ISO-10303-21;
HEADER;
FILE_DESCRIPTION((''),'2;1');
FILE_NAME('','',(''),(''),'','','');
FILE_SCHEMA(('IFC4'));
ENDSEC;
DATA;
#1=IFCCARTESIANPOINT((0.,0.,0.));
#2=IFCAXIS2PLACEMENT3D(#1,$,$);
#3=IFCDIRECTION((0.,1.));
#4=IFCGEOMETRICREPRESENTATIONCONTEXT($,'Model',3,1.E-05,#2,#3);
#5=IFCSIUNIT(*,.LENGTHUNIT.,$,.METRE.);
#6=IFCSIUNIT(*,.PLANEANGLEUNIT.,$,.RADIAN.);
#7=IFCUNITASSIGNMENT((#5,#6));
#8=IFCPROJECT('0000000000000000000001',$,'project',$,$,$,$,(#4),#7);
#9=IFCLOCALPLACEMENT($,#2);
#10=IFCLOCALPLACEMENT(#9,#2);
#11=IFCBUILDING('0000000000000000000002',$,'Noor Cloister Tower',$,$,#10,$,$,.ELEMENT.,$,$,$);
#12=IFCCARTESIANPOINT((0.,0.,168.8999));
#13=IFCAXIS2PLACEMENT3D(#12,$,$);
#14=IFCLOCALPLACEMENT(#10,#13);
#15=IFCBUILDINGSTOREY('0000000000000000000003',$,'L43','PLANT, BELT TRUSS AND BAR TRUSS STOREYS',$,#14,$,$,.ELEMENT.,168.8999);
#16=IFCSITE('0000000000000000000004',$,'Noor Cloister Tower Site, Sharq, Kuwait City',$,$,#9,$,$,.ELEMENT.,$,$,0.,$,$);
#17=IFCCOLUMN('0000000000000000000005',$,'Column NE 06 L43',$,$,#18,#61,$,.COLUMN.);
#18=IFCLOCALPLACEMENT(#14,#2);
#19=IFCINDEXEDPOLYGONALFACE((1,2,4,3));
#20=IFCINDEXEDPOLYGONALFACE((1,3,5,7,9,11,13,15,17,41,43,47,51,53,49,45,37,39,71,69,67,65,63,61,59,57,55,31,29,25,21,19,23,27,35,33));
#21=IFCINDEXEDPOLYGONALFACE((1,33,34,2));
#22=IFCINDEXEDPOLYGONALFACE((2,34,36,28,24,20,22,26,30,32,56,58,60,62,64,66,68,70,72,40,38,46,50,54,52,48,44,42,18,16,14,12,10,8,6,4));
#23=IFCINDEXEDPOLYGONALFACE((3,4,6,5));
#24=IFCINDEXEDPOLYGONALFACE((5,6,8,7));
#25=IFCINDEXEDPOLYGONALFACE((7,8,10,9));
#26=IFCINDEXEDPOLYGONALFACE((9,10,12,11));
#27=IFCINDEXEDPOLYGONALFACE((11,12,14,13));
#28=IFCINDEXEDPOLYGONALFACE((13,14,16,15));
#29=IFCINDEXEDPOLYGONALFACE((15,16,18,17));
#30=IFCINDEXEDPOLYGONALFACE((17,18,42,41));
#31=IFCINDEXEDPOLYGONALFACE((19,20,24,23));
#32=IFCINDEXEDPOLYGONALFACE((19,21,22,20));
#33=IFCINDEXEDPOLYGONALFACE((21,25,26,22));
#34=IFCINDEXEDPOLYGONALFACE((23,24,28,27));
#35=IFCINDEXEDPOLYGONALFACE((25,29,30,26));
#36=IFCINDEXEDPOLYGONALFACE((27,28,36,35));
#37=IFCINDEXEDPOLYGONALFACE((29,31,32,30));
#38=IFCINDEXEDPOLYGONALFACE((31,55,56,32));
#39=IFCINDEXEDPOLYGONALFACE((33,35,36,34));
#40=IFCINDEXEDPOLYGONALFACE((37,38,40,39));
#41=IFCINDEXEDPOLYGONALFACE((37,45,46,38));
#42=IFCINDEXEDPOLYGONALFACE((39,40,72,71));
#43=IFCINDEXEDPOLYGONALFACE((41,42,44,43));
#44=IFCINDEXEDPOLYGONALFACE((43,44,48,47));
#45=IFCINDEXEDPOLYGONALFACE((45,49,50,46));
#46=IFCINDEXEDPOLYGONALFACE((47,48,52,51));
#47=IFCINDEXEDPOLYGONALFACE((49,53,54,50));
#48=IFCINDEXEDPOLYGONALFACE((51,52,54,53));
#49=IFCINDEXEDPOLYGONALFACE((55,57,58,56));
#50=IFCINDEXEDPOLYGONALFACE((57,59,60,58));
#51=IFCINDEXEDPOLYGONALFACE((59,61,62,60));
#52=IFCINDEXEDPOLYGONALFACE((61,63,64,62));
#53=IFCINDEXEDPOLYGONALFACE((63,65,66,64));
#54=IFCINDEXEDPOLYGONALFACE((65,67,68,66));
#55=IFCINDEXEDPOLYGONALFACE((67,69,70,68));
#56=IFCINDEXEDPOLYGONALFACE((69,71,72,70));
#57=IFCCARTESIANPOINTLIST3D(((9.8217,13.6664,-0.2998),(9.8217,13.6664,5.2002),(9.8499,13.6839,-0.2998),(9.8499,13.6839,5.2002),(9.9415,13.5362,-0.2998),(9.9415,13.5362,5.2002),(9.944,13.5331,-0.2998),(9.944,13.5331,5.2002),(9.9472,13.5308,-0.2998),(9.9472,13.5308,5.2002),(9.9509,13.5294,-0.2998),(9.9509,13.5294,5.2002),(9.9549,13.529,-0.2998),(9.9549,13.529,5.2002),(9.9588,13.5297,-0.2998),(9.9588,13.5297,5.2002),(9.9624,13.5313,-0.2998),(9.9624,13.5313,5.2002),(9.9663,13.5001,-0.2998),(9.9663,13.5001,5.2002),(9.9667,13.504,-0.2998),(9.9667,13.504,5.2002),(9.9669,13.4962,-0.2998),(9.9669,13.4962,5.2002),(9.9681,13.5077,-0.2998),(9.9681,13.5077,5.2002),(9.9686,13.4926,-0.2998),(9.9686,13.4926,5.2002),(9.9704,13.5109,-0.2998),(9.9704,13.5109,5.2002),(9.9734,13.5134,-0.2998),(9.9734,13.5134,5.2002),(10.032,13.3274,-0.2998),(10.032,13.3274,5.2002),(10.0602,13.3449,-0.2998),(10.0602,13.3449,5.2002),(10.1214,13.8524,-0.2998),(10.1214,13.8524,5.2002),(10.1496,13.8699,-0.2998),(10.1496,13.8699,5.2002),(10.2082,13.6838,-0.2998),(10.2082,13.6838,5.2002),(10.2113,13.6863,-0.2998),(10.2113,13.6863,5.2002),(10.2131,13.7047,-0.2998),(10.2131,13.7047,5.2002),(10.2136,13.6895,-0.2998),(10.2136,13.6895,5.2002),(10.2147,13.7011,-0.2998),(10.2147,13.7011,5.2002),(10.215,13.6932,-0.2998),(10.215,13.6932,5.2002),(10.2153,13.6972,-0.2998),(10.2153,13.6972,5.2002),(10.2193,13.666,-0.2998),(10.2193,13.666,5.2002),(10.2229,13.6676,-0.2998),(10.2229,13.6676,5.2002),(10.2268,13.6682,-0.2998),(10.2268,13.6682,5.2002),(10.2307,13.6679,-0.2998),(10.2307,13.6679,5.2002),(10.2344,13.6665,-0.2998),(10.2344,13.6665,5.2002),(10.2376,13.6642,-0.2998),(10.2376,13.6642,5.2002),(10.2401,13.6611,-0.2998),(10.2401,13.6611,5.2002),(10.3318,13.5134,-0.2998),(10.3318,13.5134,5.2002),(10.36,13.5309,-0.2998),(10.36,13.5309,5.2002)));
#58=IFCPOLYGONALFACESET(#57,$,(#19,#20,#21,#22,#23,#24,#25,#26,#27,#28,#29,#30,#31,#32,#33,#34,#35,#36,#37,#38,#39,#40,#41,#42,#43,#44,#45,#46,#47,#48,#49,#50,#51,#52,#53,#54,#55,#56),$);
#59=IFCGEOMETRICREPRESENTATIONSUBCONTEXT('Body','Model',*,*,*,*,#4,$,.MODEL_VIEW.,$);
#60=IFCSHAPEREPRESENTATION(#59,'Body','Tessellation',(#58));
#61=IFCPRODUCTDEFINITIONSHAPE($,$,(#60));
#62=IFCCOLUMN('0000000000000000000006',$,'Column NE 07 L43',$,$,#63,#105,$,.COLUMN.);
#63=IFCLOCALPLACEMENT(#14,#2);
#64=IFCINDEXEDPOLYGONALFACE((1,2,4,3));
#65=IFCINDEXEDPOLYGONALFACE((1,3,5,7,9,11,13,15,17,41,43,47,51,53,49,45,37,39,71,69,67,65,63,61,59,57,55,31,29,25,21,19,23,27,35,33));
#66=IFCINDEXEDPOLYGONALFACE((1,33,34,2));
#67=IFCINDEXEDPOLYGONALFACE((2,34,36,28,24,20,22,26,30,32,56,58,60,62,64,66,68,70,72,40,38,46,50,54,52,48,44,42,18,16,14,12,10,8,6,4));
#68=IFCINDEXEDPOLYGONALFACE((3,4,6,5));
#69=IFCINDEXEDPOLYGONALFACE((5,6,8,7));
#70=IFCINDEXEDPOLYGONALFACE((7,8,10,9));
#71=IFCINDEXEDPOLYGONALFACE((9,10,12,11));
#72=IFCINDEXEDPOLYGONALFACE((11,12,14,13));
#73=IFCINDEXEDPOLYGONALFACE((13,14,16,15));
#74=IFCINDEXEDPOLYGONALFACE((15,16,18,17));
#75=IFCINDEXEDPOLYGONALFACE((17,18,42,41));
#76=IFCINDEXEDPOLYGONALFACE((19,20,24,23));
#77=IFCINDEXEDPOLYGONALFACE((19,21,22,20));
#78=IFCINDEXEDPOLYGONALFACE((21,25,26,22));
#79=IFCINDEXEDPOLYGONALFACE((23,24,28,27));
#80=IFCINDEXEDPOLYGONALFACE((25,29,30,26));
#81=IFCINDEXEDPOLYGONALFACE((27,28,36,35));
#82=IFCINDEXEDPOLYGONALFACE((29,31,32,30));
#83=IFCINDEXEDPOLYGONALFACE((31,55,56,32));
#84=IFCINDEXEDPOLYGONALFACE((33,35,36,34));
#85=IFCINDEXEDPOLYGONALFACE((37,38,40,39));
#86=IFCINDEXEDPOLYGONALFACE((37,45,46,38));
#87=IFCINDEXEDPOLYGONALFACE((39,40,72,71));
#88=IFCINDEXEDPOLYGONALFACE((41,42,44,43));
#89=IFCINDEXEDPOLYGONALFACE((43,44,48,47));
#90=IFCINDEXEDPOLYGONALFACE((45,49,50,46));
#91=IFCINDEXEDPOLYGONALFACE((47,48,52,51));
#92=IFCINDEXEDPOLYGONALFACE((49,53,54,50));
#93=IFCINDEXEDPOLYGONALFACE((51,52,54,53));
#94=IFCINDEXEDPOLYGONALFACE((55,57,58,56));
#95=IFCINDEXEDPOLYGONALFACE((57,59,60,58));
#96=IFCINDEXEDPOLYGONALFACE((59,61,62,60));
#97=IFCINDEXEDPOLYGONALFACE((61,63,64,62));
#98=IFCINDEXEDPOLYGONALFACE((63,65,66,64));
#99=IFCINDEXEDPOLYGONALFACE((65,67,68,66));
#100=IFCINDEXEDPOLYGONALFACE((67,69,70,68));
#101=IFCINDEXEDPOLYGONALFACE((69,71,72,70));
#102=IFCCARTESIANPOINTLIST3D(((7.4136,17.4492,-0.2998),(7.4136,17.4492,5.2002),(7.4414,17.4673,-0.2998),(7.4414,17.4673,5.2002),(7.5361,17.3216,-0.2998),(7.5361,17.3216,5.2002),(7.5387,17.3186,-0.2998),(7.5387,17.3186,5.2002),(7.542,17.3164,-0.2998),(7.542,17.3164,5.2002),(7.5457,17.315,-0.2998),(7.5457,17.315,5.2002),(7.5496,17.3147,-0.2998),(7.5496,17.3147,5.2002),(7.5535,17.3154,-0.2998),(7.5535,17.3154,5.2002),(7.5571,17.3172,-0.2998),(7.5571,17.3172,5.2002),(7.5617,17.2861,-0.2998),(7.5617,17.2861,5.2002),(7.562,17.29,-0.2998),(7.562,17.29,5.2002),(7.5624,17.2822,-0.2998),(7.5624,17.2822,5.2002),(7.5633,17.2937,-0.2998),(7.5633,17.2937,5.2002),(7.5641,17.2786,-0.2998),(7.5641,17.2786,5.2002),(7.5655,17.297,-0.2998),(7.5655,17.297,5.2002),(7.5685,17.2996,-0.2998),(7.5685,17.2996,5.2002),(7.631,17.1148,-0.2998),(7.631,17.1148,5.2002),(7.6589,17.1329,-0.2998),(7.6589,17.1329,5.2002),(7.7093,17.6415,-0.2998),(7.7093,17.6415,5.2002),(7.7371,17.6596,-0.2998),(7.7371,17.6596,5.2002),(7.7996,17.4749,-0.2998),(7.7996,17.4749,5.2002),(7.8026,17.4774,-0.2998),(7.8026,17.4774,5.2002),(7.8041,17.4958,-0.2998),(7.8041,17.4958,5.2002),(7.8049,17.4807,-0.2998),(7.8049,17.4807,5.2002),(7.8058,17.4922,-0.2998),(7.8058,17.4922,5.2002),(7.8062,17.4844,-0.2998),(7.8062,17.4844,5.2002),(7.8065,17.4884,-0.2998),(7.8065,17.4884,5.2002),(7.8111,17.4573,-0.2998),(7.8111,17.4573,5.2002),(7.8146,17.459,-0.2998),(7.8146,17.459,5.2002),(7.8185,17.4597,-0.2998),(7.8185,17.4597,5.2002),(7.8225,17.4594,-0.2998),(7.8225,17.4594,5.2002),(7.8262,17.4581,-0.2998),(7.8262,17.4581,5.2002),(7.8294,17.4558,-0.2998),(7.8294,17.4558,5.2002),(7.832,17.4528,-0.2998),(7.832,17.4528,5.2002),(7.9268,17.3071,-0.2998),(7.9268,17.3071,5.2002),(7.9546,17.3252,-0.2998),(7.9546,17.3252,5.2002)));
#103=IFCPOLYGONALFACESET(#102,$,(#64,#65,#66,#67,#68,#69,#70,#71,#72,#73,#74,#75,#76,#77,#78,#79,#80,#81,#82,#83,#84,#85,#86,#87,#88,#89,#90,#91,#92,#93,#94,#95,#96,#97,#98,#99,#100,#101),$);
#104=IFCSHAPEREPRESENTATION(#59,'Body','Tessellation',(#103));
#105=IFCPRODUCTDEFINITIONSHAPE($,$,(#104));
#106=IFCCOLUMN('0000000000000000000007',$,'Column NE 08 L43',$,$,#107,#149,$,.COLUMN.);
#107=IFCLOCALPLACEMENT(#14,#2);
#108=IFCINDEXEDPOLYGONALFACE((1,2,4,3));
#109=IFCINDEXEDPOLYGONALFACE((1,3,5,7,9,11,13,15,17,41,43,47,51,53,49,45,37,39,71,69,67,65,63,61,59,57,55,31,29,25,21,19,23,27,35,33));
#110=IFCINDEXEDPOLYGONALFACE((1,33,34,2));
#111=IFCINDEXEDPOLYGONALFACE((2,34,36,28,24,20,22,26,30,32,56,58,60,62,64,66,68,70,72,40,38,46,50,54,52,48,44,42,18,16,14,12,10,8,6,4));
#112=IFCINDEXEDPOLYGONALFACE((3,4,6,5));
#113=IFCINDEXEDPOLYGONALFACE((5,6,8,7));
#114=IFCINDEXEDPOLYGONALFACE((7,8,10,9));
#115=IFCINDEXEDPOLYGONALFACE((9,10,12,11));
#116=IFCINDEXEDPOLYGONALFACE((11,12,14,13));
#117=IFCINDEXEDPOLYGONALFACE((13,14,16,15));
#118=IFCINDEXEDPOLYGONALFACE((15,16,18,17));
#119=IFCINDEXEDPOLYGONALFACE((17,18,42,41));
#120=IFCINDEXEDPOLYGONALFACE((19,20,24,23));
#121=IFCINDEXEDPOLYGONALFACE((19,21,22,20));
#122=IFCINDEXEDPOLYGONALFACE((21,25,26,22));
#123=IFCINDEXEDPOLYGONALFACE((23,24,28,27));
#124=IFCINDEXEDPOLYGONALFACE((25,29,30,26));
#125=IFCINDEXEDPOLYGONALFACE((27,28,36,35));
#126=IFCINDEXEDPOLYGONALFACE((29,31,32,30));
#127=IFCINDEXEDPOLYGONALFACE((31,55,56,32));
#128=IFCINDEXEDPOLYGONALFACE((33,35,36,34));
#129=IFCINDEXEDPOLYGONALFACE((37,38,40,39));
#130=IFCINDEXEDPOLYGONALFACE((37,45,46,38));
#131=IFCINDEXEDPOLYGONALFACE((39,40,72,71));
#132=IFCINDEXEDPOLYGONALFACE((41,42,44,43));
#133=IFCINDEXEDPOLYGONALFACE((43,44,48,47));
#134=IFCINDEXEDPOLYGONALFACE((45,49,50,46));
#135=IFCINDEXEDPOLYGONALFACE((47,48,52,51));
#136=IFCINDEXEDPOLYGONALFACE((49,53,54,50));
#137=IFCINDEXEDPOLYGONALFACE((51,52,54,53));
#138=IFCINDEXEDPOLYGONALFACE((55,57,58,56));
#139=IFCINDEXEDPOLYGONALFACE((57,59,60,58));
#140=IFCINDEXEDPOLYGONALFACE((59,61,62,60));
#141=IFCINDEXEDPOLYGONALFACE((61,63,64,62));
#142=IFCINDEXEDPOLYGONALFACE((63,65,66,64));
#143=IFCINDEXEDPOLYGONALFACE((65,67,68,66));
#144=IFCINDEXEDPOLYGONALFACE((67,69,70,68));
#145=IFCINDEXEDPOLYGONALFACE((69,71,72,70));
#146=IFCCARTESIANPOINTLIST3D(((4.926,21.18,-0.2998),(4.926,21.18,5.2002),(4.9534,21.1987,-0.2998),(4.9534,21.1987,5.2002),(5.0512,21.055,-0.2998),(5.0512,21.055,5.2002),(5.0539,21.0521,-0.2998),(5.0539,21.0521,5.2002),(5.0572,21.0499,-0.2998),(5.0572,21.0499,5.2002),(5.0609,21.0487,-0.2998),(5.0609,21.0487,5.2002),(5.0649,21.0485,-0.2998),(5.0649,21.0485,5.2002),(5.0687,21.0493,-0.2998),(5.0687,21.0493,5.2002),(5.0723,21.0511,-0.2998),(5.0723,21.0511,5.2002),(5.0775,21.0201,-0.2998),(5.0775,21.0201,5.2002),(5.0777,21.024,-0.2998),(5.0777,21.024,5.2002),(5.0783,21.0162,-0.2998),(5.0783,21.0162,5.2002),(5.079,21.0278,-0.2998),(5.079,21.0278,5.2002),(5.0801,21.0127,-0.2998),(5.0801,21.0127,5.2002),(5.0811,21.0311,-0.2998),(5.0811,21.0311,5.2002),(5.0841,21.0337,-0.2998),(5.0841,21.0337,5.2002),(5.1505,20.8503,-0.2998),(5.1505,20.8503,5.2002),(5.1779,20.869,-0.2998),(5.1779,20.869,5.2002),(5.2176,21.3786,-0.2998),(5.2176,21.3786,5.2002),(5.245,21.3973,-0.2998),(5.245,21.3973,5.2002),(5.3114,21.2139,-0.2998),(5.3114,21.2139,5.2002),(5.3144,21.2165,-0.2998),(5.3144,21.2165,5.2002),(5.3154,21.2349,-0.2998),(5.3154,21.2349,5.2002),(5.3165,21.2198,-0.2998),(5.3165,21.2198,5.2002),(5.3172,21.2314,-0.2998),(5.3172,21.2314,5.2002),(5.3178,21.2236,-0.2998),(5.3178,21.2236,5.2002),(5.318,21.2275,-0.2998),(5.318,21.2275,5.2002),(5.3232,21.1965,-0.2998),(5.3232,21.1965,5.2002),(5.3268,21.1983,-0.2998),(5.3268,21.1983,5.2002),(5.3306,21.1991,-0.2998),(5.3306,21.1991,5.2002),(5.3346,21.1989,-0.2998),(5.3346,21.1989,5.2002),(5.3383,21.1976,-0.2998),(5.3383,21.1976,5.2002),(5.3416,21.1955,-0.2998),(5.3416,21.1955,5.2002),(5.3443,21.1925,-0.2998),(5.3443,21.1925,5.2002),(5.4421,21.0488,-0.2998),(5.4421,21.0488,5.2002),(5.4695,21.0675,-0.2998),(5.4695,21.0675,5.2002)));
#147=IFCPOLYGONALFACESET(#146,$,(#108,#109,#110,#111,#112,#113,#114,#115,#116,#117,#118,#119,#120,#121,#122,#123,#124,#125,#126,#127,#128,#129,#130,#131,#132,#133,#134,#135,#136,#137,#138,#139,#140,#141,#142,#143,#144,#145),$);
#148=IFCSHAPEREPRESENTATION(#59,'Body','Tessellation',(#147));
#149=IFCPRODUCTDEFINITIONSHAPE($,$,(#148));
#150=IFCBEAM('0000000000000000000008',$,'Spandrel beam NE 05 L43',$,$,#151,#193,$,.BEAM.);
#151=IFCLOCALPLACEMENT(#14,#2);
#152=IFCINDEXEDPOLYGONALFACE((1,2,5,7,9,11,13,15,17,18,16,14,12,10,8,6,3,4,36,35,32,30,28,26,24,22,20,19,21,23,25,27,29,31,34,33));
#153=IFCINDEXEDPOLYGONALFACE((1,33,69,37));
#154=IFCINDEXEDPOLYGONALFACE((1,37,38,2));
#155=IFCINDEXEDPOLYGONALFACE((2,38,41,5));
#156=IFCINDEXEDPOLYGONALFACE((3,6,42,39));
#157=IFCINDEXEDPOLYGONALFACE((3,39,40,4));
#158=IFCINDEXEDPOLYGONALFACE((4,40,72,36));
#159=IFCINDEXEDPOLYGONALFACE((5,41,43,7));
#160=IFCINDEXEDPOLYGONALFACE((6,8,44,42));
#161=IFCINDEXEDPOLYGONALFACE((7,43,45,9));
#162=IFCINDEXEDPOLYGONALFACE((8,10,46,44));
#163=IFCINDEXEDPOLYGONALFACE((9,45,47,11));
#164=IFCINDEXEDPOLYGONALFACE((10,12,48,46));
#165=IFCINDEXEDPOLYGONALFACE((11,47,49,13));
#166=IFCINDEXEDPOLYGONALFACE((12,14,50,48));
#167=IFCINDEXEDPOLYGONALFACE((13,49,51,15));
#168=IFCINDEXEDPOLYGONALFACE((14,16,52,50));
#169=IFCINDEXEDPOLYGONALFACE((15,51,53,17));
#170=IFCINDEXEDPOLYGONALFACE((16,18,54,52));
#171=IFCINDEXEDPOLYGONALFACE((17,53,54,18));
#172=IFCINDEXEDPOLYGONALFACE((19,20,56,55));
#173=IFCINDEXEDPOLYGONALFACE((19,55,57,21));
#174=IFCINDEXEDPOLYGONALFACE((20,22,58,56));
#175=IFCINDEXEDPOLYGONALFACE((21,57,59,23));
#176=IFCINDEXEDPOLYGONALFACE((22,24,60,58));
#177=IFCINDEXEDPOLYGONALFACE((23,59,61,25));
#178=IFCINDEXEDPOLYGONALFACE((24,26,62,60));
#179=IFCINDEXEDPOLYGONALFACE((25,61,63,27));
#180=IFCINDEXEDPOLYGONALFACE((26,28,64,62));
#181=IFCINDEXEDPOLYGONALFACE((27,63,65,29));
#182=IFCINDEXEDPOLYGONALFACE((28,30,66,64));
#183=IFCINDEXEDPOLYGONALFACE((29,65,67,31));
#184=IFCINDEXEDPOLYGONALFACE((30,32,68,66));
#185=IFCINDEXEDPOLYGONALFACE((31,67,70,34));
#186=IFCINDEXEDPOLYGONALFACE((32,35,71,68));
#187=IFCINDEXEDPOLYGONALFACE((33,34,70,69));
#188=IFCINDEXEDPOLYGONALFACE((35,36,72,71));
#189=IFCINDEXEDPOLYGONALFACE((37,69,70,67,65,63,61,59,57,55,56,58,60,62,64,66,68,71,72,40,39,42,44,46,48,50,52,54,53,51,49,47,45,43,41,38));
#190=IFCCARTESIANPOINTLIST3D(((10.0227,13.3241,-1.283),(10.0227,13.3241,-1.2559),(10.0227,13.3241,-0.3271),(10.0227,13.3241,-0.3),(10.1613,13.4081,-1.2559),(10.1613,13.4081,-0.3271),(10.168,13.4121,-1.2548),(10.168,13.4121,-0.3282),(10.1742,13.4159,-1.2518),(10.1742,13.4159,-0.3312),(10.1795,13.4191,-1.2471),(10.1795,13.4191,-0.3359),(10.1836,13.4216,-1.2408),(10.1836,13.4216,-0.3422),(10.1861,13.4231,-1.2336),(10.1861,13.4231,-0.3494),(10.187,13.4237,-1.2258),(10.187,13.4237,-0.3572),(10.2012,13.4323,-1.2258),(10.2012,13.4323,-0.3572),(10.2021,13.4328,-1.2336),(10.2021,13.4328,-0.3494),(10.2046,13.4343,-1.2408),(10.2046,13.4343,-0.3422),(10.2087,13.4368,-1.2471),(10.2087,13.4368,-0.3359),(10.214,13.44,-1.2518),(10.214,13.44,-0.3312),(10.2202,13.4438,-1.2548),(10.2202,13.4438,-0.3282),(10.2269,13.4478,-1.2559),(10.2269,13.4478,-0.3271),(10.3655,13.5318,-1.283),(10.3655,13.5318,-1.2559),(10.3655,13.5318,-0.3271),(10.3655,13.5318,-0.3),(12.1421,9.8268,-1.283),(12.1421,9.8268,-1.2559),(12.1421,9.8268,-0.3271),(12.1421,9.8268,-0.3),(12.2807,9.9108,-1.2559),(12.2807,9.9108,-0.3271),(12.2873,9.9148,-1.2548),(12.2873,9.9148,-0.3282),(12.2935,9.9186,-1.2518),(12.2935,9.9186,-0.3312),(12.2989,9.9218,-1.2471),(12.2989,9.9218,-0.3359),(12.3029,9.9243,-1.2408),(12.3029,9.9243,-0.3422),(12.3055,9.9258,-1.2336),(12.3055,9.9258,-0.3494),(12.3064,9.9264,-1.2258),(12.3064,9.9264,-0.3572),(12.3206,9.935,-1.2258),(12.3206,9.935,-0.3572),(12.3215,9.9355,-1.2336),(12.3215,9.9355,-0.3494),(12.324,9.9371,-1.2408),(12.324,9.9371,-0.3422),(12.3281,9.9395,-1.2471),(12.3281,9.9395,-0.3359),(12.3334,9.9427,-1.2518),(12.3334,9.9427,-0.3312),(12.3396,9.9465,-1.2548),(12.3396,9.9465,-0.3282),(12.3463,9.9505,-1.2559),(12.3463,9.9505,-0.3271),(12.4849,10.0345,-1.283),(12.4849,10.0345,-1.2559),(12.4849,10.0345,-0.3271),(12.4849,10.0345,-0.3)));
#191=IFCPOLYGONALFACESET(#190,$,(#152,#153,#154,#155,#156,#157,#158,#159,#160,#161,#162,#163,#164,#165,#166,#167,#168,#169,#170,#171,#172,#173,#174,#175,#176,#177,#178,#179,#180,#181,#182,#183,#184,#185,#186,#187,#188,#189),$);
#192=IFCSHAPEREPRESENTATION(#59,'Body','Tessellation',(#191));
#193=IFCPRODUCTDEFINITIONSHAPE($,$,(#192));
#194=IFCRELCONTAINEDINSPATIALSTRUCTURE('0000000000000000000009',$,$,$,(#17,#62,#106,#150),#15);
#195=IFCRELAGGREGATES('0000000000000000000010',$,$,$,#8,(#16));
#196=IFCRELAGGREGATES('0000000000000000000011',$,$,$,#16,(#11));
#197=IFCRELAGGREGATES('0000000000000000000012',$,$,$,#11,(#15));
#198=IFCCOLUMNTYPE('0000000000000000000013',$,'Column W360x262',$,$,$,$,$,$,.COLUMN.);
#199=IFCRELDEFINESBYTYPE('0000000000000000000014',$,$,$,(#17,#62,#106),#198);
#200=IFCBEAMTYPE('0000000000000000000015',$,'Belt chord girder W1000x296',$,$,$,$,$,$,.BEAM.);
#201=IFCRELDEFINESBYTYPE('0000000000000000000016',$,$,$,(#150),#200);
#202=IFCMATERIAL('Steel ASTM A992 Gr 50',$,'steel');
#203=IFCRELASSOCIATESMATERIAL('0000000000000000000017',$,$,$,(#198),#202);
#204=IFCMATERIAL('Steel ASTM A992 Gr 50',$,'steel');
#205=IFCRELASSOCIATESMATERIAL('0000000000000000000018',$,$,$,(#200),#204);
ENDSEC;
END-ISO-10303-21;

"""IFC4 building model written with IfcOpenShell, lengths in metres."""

from ifc_helpers import new_model, si_unit, direction, frame, origin, origin_2d, place, context, subcontext, project, spatial, i_section, extrude, material, material_profile, profile_set, type_object, element, save


model = new_model("IFC4")

# Units and contexts
model_context = context("Model", 3, precision=1e-05, world=origin(), true_north=direction((0.0, 1.0)))
body_context = subcontext(model_context, "Body", "Model", "MODEL_VIEW")
ifc_project = project(units=[si_unit("LENGTHUNIT", "METRE"), si_unit("PLANEANGLEUNIT", "RADIAN")], contexts=[model_context])

# Site, building, storey
site_placement = place(None, origin())
site = spatial("IfcSite", under=ifc_project, at=site_placement, Name="Noor Cloister Tower Site, Sharq, Kuwait City", CompositionType="ELEMENT", RefElevation=0.0)
building_placement = place(site_placement, origin())
building = spatial("IfcBuilding", under=site, at=building_placement, Name="Noor Cloister Tower", CompositionType="ELEMENT")
storey_placement = place(building_placement, frame((0.0, 0.0, 168.8999)))
storey = spatial("IfcBuildingStorey", under=building, at=storey_placement, Name="L43", Description="PLANT, BELT TRUSS AND BAR TRUSS STOREYS", CompositionType="ELEMENT", Elevation=168.8999)

# Columns
ifc_material_1 = material(Name="Steel ASTM A992 Gr 50", Category="steel")
ifc_material_profile_1 = material_profile(ifc_material_1, i_section(OverallWidth=0.3989, OverallDepth=0.386, WebThickness=0.021, FlangeThickness=0.0332, FilletRadius=0.0151, at=origin_2d()), Name="W360x262")
ifc_profile_set_1 = profile_set([ifc_material_profile_1], Name="Steel ASTM A992 Gr 50")
column_type = type_object("IfcColumnType", Name="Column W360x262", PredefinedType="COLUMN", material=ifc_profile_set_1)
for number, where, z_axis, x_axis, name in (
    (1, (10.0908, 13.5986, -0.2998), (0.0, 0.0, 1.0), (-0.527259, 0.849705, 0.0), "Column NE 06 L43"),
    (2, (7.6841, 17.3872, -0.2998), (0.0, 0.0, 1.0), (-0.545137, 0.838347, 0.0), "Column NE 07 L43"),
    (3, (5.1978, 21.1238, -0.2998), (0.0, 0.0, 1.0), (-0.562771, 0.826613, 0.0), "Column NE 08 L43"),
):
    element("IfcColumn", number, at=place(storey_placement, frame(where, z_axis=z_axis, x_axis=x_axis)), inside=storey, type_object=column_type, Name=name, PredefinedType="COLUMN", context=body_context, shape_type="SweptSolid", body=[
        extrude(i_section(OverallWidth=0.3989, OverallDepth=0.386, WebThickness=0.021, FlangeThickness=0.0332, FilletRadius=0.0151, at=origin_2d()), origin(), (0.0, 0.0, 1.0), 5.5),
    ])

# Beam
ifc_material_2 = material(Name="Steel ASTM A992 Gr 50", Category="steel")
ifc_material_profile_2 = material_profile(ifc_material_2, i_section(OverallWidth=0.4009, OverallDepth=0.9829, WebThickness=0.0166, FlangeThickness=0.0271, FilletRadius=0.03, at=origin_2d()), Name="W1000x296")
ifc_profile_set_2 = profile_set([ifc_material_profile_2], Name="Steel ASTM A992 Gr 50")
beam_type_1 = type_object("IfcBeamType", Name="Belt chord girder W1000x296", PredefinedType="BEAM", material=ifc_profile_set_2)
for number, where, z_axis, x_axis, name in (
    (4, (12.3135, 9.9307, -0.7915), (-0.518266, 0.855219, 0.0), (-0.855219, -0.518266, 0.0), "Spandrel beam NE 05 L43"),
):
    element("IfcBeam", number, at=place(storey_placement, frame(where, z_axis=z_axis, x_axis=x_axis)), inside=storey, type_object=beam_type_1, Name=name, PredefinedType="BEAM", context=body_context, shape_type="SweptSolid", body=[
        extrude(i_section(OverallWidth=0.4009, OverallDepth=0.9829, WebThickness=0.0166, FlangeThickness=0.0271, FilletRadius=0.03, at=origin_2d()), origin(), (0.0, 0.0, 1.0), 4.0894),
    ])

save(model, "model.ifc")
